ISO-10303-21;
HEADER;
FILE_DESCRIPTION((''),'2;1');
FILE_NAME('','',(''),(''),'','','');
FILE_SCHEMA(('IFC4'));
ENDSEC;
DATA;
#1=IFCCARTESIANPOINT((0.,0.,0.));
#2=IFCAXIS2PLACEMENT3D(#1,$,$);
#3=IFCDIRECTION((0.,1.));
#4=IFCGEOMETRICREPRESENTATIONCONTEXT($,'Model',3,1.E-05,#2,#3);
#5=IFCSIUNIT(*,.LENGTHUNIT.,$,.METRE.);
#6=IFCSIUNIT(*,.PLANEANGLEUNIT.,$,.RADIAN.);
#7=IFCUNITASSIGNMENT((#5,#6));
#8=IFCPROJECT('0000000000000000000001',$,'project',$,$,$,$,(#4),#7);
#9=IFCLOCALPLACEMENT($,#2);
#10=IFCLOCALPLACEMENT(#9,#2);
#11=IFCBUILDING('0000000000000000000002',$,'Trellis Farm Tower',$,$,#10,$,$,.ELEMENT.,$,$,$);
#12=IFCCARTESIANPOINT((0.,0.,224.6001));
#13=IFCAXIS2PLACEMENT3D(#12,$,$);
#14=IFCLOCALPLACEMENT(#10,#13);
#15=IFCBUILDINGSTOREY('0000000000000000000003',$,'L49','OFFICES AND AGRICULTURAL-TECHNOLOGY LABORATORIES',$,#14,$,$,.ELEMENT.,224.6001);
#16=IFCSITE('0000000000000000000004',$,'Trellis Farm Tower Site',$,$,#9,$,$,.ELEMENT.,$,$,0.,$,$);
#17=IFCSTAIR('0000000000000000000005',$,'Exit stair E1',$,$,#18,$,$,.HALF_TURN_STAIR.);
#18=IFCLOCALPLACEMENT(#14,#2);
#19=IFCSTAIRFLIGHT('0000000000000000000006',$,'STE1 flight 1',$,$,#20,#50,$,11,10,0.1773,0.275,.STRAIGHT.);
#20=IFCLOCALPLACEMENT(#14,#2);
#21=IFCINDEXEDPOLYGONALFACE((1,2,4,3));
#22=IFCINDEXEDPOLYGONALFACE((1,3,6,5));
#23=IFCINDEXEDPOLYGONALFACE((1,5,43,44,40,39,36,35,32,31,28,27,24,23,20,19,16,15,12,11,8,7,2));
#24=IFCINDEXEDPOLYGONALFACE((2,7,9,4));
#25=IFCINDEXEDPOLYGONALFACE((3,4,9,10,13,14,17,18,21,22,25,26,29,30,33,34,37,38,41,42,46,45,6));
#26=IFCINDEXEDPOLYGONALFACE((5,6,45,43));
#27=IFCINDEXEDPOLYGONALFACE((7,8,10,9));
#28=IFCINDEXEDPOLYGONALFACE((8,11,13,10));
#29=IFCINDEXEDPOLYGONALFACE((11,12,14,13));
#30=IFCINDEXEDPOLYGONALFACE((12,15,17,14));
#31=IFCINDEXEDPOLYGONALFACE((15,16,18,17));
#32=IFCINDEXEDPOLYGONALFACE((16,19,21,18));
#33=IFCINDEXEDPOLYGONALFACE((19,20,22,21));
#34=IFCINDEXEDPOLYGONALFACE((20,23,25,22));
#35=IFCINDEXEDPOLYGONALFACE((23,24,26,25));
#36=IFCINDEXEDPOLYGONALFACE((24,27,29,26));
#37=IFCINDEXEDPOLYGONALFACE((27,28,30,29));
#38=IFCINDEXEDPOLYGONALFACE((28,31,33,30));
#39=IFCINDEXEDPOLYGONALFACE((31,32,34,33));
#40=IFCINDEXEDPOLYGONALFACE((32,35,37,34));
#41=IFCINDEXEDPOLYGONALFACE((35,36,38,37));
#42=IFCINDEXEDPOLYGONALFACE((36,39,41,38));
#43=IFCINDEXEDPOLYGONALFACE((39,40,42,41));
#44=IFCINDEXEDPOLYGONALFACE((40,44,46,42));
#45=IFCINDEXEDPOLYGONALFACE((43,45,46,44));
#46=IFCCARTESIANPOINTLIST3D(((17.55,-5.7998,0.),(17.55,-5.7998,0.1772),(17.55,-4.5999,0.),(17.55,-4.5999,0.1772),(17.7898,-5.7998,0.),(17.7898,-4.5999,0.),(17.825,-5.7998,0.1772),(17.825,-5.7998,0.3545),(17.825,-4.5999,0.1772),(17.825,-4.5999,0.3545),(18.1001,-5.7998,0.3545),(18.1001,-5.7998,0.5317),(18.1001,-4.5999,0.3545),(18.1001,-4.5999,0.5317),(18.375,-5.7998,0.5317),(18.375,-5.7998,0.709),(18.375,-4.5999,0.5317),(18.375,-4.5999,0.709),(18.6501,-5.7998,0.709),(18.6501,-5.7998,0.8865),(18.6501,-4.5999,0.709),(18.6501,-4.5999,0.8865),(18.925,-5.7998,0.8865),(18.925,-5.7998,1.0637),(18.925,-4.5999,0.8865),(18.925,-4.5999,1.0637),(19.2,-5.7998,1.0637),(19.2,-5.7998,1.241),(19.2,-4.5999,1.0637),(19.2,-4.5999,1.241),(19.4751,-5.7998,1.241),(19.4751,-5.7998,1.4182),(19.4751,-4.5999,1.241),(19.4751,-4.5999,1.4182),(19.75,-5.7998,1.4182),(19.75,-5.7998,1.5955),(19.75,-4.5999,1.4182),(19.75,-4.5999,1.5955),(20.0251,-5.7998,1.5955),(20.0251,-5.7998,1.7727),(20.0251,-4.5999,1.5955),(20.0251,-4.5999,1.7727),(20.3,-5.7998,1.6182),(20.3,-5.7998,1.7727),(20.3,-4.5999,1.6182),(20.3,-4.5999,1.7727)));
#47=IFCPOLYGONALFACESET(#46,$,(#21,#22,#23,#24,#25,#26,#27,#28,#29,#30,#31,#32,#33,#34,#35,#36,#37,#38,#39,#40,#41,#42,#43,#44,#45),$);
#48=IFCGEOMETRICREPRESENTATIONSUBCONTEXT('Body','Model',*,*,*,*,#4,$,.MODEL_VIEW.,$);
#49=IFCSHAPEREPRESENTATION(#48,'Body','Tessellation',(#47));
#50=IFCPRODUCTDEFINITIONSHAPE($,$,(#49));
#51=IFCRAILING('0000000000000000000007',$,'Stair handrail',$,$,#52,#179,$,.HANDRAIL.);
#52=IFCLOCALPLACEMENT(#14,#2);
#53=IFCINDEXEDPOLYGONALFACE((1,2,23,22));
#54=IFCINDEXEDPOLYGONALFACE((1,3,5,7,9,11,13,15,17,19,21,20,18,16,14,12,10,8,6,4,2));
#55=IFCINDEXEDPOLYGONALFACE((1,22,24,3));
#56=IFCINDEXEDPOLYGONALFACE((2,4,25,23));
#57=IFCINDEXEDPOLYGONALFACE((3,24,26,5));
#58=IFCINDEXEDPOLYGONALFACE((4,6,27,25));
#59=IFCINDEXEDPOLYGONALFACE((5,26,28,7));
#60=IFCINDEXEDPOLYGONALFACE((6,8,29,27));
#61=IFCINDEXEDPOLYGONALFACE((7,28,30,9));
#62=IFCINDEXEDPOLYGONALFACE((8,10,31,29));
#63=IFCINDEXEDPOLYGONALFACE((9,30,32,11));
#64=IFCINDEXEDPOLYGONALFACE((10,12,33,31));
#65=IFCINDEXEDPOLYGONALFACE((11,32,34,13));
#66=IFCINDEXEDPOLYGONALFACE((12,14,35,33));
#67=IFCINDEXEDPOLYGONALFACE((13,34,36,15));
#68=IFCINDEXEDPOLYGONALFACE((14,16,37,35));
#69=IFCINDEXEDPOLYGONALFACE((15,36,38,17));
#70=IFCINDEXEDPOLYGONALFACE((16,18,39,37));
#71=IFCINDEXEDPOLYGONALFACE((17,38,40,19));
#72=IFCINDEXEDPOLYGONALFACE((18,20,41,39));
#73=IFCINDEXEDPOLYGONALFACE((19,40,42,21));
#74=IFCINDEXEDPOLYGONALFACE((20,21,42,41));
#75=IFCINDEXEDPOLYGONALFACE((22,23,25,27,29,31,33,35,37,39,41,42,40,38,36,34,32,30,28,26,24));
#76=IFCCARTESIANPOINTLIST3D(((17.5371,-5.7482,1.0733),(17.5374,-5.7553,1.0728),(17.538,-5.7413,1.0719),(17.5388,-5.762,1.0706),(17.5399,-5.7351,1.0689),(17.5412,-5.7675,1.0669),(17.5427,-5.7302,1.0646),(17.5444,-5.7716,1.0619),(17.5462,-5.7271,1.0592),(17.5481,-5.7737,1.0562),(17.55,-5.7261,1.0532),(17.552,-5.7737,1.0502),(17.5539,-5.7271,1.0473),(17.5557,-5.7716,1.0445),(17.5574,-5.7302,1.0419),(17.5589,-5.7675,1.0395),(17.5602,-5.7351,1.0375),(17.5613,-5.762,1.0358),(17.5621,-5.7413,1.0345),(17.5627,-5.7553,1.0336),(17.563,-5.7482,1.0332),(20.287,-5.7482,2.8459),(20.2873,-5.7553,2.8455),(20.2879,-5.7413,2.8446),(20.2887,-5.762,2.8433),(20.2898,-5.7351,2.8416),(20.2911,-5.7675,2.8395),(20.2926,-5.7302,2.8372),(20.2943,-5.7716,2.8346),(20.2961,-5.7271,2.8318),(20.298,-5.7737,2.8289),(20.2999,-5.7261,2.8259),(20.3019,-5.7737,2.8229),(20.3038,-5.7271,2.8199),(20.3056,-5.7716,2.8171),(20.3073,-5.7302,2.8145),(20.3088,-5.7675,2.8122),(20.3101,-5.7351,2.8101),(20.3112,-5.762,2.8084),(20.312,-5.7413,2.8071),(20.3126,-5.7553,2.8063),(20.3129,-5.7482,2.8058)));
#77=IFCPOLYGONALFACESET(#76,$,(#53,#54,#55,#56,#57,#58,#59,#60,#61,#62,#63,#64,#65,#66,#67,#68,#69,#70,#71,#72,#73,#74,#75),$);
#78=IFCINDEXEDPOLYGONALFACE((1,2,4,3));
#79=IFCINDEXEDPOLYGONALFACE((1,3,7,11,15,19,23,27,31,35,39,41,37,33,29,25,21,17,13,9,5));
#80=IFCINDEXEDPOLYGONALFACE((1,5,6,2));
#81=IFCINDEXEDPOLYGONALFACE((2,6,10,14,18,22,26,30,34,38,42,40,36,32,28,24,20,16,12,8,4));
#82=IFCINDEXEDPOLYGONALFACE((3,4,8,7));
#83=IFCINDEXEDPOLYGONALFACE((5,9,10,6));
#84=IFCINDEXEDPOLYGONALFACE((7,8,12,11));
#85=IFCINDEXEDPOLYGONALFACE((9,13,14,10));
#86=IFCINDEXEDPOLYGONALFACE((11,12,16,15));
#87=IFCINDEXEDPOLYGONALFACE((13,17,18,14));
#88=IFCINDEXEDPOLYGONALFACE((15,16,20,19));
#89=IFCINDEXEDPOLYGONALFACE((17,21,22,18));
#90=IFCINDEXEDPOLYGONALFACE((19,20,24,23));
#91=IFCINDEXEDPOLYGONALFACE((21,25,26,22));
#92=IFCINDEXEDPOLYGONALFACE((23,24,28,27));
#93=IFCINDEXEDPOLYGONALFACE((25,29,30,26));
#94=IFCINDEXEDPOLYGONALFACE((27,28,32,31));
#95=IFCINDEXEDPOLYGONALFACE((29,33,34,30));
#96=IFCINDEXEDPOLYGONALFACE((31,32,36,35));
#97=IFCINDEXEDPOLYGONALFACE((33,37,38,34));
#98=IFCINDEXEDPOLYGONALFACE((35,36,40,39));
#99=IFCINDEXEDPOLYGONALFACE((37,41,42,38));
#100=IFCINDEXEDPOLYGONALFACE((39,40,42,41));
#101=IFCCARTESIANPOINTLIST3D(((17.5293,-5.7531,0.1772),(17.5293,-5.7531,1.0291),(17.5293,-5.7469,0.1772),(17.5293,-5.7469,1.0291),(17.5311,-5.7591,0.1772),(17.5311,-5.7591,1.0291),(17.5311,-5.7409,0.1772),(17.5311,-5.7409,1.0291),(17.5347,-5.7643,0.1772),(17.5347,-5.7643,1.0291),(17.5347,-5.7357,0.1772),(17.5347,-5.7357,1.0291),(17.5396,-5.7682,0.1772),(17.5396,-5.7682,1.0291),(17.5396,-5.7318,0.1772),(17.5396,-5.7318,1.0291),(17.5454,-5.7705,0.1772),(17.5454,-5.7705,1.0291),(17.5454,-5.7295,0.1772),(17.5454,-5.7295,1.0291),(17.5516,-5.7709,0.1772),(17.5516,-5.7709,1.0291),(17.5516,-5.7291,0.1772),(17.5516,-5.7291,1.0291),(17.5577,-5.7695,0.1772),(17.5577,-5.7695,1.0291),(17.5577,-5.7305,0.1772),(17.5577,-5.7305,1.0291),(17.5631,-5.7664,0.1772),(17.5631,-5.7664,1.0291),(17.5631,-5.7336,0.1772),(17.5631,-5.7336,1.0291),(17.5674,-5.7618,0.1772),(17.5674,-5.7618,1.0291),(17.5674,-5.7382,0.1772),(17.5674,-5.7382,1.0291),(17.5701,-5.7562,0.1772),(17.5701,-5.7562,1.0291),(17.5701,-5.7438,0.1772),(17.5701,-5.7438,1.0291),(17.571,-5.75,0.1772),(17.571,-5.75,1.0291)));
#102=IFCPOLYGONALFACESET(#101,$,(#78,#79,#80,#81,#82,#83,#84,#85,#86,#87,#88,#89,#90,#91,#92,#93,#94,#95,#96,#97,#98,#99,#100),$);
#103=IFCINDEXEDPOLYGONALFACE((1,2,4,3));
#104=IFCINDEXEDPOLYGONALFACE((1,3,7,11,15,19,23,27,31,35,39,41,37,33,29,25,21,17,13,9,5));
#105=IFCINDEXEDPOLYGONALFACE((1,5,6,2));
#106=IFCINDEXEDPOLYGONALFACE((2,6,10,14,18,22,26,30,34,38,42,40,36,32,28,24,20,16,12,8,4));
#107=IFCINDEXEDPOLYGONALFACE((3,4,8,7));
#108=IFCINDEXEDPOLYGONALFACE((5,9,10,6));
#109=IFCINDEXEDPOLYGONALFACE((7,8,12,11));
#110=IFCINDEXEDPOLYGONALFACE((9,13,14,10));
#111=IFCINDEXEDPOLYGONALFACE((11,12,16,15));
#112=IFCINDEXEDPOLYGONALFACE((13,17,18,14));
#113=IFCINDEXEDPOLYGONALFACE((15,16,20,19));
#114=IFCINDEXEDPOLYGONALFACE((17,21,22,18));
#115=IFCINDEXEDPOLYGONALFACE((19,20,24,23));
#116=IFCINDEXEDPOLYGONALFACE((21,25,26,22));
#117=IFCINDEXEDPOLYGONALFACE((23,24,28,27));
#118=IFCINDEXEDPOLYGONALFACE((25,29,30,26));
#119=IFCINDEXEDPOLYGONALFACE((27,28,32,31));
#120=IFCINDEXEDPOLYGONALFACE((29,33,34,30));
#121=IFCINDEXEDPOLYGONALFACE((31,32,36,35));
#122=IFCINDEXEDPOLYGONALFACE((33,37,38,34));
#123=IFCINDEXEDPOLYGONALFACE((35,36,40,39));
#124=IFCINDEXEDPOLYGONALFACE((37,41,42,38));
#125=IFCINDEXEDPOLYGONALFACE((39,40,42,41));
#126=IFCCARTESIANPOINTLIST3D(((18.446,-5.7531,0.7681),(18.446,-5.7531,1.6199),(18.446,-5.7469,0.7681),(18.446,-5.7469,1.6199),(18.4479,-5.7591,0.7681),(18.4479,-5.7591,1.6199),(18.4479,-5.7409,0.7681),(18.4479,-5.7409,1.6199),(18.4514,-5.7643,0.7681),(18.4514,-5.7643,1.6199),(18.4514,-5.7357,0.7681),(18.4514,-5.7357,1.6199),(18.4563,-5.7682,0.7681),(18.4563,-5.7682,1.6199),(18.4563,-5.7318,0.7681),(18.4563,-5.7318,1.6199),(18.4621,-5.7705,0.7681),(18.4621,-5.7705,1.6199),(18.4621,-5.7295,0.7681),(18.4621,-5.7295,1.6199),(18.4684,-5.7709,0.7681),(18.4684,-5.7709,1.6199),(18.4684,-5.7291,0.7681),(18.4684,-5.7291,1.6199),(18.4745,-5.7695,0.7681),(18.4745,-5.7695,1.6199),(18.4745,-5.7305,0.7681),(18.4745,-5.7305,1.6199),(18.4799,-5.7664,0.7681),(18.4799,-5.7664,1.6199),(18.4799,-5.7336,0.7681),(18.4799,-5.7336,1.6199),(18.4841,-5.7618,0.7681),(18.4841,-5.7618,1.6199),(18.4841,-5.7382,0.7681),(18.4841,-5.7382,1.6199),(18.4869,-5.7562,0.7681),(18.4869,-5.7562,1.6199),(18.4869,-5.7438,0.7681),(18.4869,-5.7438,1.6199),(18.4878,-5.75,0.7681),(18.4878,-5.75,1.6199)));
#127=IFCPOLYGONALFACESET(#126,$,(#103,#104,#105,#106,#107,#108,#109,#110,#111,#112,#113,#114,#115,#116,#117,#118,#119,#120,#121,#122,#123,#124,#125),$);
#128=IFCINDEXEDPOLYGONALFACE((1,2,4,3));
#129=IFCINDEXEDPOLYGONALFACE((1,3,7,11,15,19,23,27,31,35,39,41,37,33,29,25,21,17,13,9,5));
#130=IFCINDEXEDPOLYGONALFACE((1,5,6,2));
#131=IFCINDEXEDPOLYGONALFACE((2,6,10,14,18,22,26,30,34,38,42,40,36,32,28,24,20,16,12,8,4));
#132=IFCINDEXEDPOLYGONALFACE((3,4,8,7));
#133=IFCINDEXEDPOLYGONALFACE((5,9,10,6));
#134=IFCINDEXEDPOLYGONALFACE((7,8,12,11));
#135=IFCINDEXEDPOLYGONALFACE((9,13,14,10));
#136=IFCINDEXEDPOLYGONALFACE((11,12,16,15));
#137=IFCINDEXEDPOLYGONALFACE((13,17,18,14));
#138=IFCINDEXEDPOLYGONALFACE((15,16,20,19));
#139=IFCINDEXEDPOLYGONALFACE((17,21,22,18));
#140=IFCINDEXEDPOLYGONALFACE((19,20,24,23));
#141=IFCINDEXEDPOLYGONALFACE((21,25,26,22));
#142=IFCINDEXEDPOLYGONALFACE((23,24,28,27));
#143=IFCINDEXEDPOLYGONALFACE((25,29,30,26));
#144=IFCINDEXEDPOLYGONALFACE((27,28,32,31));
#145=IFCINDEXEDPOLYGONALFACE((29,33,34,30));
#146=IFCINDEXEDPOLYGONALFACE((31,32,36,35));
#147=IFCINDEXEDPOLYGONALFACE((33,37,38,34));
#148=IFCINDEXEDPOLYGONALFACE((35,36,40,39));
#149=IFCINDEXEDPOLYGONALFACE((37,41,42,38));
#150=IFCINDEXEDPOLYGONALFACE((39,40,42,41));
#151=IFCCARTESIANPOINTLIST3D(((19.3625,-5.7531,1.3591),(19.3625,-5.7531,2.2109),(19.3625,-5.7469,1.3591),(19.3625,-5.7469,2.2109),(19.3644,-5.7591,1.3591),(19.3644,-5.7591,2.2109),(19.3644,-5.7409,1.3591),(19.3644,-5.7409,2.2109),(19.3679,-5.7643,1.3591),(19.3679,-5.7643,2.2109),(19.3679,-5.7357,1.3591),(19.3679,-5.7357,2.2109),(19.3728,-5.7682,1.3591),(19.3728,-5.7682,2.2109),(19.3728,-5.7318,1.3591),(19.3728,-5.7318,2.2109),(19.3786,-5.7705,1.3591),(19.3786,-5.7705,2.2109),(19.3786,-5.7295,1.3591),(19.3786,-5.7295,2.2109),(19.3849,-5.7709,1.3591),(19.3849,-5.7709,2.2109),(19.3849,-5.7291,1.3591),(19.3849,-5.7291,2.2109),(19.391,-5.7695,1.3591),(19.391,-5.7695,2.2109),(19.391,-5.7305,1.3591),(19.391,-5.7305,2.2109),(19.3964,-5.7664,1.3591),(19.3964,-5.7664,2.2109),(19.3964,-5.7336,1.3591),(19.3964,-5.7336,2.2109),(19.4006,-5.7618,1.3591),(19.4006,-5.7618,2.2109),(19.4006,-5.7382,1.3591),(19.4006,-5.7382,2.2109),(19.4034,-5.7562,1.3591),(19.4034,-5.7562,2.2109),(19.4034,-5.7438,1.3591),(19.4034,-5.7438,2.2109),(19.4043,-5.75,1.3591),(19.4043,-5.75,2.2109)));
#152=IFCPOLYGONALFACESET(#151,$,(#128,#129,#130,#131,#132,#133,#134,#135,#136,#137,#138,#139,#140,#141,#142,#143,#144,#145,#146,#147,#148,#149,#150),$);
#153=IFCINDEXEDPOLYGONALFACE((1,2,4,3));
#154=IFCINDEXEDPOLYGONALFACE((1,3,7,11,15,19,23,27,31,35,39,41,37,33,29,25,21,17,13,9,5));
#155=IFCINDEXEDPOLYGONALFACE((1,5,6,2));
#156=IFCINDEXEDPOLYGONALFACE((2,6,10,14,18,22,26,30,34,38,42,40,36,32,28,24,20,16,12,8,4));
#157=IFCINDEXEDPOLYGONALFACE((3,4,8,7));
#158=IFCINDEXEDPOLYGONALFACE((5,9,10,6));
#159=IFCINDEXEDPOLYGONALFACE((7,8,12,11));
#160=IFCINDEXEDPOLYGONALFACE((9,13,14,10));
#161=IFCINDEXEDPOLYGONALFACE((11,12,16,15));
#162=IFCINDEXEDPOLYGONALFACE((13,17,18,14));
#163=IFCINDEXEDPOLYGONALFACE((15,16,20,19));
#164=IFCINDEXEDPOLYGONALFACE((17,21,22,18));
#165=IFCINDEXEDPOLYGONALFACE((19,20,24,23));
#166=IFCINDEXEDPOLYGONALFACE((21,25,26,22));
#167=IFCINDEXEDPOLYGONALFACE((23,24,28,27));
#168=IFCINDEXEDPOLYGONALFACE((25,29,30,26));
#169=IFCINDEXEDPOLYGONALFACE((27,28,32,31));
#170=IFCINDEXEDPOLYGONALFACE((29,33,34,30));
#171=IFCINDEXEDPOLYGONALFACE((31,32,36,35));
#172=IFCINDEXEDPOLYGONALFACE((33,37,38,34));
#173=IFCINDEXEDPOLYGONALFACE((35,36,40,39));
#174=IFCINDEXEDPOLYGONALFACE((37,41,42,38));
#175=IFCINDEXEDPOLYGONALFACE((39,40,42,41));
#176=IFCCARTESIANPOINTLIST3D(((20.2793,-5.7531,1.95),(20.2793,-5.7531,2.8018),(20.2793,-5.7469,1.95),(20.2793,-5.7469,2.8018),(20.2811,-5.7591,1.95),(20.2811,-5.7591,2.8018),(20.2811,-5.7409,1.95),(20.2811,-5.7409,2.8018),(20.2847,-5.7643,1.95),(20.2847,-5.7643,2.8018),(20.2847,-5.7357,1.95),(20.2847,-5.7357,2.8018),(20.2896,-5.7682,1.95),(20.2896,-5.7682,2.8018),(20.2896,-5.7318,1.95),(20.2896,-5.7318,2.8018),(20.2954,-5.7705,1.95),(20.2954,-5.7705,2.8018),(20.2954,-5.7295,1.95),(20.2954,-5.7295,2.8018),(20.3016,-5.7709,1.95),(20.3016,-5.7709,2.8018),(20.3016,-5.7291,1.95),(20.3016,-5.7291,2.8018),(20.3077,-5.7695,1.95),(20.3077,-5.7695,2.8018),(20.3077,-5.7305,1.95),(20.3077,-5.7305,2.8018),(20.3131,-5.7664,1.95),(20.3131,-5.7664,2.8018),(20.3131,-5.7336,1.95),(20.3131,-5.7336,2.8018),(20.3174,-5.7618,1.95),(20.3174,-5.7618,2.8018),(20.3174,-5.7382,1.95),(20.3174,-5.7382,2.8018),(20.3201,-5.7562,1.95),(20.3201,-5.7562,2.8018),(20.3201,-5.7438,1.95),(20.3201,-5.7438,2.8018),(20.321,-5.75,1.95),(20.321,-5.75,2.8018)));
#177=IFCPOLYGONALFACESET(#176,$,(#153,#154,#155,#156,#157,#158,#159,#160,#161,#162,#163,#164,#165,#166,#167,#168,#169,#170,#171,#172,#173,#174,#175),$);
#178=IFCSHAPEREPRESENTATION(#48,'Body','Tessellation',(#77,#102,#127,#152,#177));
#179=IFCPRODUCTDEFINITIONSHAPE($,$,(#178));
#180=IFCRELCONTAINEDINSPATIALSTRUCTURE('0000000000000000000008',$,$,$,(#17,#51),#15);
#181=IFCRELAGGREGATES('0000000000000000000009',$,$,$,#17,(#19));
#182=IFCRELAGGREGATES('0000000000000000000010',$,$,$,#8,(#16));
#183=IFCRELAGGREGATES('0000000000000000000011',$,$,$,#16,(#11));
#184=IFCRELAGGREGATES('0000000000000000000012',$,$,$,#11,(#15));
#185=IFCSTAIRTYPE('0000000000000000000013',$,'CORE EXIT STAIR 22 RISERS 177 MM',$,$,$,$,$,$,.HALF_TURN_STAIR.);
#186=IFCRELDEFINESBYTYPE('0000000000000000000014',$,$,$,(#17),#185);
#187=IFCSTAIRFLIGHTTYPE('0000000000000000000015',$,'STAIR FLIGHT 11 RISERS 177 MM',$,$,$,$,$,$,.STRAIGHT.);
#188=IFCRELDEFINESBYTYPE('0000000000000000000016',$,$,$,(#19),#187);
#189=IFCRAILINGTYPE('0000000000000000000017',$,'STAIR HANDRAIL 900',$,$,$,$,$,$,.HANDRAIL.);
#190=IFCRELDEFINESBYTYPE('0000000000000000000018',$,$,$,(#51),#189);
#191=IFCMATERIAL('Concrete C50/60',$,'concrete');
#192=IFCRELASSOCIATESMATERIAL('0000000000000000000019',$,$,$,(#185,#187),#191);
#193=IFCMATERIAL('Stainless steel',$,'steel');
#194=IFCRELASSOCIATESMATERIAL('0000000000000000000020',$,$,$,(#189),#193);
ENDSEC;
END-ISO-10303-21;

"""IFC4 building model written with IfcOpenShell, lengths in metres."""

from ifc_helpers import new_model, si_unit, direction, frame, origin, origin_2d, place, context, subcontext, project, spatial, polyline, circle, outline, extrude, source, transform, mapped, material, type_object, element, aggregate, save


model = new_model("IFC4")

# Units and contexts
model_context = context("Model", 3, precision=1e-05, world=origin(), true_north=direction((0.0, 1.0)))
body_context = subcontext(model_context, "Body", "Model", "MODEL_VIEW")
ifc_project = project(units=[si_unit("LENGTHUNIT", "METRE"), si_unit("PLANEANGLEUNIT", "RADIAN")], contexts=[model_context])

# Site, building, storey
site_placement = place(None, origin())
site = spatial("IfcSite", under=ifc_project, at=site_placement, Name="Trellis Farm Tower Site", CompositionType="ELEMENT", RefElevation=0.0)
building_placement = place(site_placement, origin())
building = spatial("IfcBuilding", under=site, at=building_placement, Name="Trellis Farm Tower", CompositionType="ELEMENT")
storey_placement = place(building_placement, frame((0.0, 0.0, 224.6001)))
storey = spatial("IfcBuildingStorey", under=building, at=storey_placement, Name="L49", Description="OFFICES AND AGRICULTURAL-TECHNOLOGY LABORATORIES", CompositionType="ELEMENT", Elevation=224.6001)

# Shared definitions
placement = place(storey_placement, origin())

# Stair, stair flight
ifc_material_1 = material(Name="Concrete C50/60", Category="concrete")
stair_type = type_object("IfcStairType", Name="CORE EXIT STAIR 22 RISERS 177 MM", PredefinedType="HALF_TURN_STAIR", material=ifc_material_1)
stair = element("IfcStair", 1, at=placement, inside=storey, type_object=stair_type, Name="Exit stair E1", PredefinedType="HALF_TURN_STAIR")
stair_flight_type = type_object("IfcStairFlightType", Name="STAIR FLIGHT 11 RISERS 177 MM", PredefinedType="STRAIGHT", material=ifc_material_1)
shared_shape_1 = source(origin(), body_context, "Body", "SweptSolid", [
    extrude(outline(polyline([(0.0, 0.0), (0.0, 0.1772), (0.2749, 0.1772), (0.2749, 0.3545), (0.55, 0.3545), (0.55, 0.5317), (0.825, 0.5317), (0.825, 0.709), (1.1001, 0.709), (1.1001, 0.8865), (1.375, 0.8865), (1.375, 1.0637), (1.6499, 1.0637), (1.6499, 1.241), (1.925, 1.241), (1.925, 1.4182), (2.2, 1.4182), (2.2, 1.5955), (2.4751, 1.5955), (2.4751, 1.7727), (2.75, 1.7727), (2.75, 1.95), (2.75, 1.6182), (0.2397, 0.0), (0.0, 0.0)])), frame((0.0, 0.6001, 0.0), z_axis=(0.0, -1.0, 0.0), x_axis=(1.0, 0.0, 0.0)), (0.0, 0.0, 1.0), 1.2),
])
stair_flight_placement = place(storey_placement, frame((17.55, -5.2, 0.0), z_axis=(0.0, 0.0, 1.0), x_axis=(1.0, 0.0, 0.0)))
stair_flight = element("IfcStairFlight", 2, at=stair_flight_placement, type_object=stair_flight_type, Name="STE1 flight 1", NumberOfRisers=11, NumberOfTreads=10, PredefinedType="STRAIGHT", RiserHeight=0.1773, TreadLength=0.275, context=body_context, shape_type="MappedRepresentation", body=[
    mapped(shared_shape_1, transform((0.0, 0.0, 0.0))),
])
aggregate(stair, [stair_flight])

# Railing
ifc_material_2 = material(Name="Stainless steel", Category="steel")
railing_type = type_object("IfcRailingType", Name="STAIR HANDRAIL 900", PredefinedType="HANDRAIL", material=ifc_material_2)
shared_shape_2 = source(origin(), body_context, "Body", "SweptSolid", [
    extrude(circle(Radius=0.0239, at=origin_2d()), frame((0.0, 0.0, 0.876), z_axis=(0.840504, 0.0, 0.541806), x_axis=(0.0, 1.0, 0.0)), (0.0, 0.0, 1.0), 3.2717),
    extrude(circle(Radius=0.021, at=origin_2d()), origin(), (0.0, 0.0, 1.0), 0.8518),
    extrude(circle(Radius=0.021, at=origin_2d()), frame((0.9167, 0.0, 0.5908)), (0.0, 0.0, 1.0), 0.8518),
    extrude(circle(Radius=0.021, at=origin_2d()), frame((1.8333, 0.0, 1.1819)), (0.0, 0.0, 1.0), 0.8518),
    extrude(circle(Radius=0.021, at=origin_2d()), frame((2.75, 0.0, 1.7727)), (0.0, 0.0, 1.0), 0.8518),
])
railing_placement = place(storey_placement, frame((17.55, -5.75, 0.1772)))
element("IfcRailing", 3, at=railing_placement, inside=storey, type_object=railing_type, Name="Stair handrail", PredefinedType="HANDRAIL", context=body_context, shape_type="MappedRepresentation", body=[
    mapped(shared_shape_2, transform((0.0, 0.0, 0.0))),
])

save(model, "model.ifc")
